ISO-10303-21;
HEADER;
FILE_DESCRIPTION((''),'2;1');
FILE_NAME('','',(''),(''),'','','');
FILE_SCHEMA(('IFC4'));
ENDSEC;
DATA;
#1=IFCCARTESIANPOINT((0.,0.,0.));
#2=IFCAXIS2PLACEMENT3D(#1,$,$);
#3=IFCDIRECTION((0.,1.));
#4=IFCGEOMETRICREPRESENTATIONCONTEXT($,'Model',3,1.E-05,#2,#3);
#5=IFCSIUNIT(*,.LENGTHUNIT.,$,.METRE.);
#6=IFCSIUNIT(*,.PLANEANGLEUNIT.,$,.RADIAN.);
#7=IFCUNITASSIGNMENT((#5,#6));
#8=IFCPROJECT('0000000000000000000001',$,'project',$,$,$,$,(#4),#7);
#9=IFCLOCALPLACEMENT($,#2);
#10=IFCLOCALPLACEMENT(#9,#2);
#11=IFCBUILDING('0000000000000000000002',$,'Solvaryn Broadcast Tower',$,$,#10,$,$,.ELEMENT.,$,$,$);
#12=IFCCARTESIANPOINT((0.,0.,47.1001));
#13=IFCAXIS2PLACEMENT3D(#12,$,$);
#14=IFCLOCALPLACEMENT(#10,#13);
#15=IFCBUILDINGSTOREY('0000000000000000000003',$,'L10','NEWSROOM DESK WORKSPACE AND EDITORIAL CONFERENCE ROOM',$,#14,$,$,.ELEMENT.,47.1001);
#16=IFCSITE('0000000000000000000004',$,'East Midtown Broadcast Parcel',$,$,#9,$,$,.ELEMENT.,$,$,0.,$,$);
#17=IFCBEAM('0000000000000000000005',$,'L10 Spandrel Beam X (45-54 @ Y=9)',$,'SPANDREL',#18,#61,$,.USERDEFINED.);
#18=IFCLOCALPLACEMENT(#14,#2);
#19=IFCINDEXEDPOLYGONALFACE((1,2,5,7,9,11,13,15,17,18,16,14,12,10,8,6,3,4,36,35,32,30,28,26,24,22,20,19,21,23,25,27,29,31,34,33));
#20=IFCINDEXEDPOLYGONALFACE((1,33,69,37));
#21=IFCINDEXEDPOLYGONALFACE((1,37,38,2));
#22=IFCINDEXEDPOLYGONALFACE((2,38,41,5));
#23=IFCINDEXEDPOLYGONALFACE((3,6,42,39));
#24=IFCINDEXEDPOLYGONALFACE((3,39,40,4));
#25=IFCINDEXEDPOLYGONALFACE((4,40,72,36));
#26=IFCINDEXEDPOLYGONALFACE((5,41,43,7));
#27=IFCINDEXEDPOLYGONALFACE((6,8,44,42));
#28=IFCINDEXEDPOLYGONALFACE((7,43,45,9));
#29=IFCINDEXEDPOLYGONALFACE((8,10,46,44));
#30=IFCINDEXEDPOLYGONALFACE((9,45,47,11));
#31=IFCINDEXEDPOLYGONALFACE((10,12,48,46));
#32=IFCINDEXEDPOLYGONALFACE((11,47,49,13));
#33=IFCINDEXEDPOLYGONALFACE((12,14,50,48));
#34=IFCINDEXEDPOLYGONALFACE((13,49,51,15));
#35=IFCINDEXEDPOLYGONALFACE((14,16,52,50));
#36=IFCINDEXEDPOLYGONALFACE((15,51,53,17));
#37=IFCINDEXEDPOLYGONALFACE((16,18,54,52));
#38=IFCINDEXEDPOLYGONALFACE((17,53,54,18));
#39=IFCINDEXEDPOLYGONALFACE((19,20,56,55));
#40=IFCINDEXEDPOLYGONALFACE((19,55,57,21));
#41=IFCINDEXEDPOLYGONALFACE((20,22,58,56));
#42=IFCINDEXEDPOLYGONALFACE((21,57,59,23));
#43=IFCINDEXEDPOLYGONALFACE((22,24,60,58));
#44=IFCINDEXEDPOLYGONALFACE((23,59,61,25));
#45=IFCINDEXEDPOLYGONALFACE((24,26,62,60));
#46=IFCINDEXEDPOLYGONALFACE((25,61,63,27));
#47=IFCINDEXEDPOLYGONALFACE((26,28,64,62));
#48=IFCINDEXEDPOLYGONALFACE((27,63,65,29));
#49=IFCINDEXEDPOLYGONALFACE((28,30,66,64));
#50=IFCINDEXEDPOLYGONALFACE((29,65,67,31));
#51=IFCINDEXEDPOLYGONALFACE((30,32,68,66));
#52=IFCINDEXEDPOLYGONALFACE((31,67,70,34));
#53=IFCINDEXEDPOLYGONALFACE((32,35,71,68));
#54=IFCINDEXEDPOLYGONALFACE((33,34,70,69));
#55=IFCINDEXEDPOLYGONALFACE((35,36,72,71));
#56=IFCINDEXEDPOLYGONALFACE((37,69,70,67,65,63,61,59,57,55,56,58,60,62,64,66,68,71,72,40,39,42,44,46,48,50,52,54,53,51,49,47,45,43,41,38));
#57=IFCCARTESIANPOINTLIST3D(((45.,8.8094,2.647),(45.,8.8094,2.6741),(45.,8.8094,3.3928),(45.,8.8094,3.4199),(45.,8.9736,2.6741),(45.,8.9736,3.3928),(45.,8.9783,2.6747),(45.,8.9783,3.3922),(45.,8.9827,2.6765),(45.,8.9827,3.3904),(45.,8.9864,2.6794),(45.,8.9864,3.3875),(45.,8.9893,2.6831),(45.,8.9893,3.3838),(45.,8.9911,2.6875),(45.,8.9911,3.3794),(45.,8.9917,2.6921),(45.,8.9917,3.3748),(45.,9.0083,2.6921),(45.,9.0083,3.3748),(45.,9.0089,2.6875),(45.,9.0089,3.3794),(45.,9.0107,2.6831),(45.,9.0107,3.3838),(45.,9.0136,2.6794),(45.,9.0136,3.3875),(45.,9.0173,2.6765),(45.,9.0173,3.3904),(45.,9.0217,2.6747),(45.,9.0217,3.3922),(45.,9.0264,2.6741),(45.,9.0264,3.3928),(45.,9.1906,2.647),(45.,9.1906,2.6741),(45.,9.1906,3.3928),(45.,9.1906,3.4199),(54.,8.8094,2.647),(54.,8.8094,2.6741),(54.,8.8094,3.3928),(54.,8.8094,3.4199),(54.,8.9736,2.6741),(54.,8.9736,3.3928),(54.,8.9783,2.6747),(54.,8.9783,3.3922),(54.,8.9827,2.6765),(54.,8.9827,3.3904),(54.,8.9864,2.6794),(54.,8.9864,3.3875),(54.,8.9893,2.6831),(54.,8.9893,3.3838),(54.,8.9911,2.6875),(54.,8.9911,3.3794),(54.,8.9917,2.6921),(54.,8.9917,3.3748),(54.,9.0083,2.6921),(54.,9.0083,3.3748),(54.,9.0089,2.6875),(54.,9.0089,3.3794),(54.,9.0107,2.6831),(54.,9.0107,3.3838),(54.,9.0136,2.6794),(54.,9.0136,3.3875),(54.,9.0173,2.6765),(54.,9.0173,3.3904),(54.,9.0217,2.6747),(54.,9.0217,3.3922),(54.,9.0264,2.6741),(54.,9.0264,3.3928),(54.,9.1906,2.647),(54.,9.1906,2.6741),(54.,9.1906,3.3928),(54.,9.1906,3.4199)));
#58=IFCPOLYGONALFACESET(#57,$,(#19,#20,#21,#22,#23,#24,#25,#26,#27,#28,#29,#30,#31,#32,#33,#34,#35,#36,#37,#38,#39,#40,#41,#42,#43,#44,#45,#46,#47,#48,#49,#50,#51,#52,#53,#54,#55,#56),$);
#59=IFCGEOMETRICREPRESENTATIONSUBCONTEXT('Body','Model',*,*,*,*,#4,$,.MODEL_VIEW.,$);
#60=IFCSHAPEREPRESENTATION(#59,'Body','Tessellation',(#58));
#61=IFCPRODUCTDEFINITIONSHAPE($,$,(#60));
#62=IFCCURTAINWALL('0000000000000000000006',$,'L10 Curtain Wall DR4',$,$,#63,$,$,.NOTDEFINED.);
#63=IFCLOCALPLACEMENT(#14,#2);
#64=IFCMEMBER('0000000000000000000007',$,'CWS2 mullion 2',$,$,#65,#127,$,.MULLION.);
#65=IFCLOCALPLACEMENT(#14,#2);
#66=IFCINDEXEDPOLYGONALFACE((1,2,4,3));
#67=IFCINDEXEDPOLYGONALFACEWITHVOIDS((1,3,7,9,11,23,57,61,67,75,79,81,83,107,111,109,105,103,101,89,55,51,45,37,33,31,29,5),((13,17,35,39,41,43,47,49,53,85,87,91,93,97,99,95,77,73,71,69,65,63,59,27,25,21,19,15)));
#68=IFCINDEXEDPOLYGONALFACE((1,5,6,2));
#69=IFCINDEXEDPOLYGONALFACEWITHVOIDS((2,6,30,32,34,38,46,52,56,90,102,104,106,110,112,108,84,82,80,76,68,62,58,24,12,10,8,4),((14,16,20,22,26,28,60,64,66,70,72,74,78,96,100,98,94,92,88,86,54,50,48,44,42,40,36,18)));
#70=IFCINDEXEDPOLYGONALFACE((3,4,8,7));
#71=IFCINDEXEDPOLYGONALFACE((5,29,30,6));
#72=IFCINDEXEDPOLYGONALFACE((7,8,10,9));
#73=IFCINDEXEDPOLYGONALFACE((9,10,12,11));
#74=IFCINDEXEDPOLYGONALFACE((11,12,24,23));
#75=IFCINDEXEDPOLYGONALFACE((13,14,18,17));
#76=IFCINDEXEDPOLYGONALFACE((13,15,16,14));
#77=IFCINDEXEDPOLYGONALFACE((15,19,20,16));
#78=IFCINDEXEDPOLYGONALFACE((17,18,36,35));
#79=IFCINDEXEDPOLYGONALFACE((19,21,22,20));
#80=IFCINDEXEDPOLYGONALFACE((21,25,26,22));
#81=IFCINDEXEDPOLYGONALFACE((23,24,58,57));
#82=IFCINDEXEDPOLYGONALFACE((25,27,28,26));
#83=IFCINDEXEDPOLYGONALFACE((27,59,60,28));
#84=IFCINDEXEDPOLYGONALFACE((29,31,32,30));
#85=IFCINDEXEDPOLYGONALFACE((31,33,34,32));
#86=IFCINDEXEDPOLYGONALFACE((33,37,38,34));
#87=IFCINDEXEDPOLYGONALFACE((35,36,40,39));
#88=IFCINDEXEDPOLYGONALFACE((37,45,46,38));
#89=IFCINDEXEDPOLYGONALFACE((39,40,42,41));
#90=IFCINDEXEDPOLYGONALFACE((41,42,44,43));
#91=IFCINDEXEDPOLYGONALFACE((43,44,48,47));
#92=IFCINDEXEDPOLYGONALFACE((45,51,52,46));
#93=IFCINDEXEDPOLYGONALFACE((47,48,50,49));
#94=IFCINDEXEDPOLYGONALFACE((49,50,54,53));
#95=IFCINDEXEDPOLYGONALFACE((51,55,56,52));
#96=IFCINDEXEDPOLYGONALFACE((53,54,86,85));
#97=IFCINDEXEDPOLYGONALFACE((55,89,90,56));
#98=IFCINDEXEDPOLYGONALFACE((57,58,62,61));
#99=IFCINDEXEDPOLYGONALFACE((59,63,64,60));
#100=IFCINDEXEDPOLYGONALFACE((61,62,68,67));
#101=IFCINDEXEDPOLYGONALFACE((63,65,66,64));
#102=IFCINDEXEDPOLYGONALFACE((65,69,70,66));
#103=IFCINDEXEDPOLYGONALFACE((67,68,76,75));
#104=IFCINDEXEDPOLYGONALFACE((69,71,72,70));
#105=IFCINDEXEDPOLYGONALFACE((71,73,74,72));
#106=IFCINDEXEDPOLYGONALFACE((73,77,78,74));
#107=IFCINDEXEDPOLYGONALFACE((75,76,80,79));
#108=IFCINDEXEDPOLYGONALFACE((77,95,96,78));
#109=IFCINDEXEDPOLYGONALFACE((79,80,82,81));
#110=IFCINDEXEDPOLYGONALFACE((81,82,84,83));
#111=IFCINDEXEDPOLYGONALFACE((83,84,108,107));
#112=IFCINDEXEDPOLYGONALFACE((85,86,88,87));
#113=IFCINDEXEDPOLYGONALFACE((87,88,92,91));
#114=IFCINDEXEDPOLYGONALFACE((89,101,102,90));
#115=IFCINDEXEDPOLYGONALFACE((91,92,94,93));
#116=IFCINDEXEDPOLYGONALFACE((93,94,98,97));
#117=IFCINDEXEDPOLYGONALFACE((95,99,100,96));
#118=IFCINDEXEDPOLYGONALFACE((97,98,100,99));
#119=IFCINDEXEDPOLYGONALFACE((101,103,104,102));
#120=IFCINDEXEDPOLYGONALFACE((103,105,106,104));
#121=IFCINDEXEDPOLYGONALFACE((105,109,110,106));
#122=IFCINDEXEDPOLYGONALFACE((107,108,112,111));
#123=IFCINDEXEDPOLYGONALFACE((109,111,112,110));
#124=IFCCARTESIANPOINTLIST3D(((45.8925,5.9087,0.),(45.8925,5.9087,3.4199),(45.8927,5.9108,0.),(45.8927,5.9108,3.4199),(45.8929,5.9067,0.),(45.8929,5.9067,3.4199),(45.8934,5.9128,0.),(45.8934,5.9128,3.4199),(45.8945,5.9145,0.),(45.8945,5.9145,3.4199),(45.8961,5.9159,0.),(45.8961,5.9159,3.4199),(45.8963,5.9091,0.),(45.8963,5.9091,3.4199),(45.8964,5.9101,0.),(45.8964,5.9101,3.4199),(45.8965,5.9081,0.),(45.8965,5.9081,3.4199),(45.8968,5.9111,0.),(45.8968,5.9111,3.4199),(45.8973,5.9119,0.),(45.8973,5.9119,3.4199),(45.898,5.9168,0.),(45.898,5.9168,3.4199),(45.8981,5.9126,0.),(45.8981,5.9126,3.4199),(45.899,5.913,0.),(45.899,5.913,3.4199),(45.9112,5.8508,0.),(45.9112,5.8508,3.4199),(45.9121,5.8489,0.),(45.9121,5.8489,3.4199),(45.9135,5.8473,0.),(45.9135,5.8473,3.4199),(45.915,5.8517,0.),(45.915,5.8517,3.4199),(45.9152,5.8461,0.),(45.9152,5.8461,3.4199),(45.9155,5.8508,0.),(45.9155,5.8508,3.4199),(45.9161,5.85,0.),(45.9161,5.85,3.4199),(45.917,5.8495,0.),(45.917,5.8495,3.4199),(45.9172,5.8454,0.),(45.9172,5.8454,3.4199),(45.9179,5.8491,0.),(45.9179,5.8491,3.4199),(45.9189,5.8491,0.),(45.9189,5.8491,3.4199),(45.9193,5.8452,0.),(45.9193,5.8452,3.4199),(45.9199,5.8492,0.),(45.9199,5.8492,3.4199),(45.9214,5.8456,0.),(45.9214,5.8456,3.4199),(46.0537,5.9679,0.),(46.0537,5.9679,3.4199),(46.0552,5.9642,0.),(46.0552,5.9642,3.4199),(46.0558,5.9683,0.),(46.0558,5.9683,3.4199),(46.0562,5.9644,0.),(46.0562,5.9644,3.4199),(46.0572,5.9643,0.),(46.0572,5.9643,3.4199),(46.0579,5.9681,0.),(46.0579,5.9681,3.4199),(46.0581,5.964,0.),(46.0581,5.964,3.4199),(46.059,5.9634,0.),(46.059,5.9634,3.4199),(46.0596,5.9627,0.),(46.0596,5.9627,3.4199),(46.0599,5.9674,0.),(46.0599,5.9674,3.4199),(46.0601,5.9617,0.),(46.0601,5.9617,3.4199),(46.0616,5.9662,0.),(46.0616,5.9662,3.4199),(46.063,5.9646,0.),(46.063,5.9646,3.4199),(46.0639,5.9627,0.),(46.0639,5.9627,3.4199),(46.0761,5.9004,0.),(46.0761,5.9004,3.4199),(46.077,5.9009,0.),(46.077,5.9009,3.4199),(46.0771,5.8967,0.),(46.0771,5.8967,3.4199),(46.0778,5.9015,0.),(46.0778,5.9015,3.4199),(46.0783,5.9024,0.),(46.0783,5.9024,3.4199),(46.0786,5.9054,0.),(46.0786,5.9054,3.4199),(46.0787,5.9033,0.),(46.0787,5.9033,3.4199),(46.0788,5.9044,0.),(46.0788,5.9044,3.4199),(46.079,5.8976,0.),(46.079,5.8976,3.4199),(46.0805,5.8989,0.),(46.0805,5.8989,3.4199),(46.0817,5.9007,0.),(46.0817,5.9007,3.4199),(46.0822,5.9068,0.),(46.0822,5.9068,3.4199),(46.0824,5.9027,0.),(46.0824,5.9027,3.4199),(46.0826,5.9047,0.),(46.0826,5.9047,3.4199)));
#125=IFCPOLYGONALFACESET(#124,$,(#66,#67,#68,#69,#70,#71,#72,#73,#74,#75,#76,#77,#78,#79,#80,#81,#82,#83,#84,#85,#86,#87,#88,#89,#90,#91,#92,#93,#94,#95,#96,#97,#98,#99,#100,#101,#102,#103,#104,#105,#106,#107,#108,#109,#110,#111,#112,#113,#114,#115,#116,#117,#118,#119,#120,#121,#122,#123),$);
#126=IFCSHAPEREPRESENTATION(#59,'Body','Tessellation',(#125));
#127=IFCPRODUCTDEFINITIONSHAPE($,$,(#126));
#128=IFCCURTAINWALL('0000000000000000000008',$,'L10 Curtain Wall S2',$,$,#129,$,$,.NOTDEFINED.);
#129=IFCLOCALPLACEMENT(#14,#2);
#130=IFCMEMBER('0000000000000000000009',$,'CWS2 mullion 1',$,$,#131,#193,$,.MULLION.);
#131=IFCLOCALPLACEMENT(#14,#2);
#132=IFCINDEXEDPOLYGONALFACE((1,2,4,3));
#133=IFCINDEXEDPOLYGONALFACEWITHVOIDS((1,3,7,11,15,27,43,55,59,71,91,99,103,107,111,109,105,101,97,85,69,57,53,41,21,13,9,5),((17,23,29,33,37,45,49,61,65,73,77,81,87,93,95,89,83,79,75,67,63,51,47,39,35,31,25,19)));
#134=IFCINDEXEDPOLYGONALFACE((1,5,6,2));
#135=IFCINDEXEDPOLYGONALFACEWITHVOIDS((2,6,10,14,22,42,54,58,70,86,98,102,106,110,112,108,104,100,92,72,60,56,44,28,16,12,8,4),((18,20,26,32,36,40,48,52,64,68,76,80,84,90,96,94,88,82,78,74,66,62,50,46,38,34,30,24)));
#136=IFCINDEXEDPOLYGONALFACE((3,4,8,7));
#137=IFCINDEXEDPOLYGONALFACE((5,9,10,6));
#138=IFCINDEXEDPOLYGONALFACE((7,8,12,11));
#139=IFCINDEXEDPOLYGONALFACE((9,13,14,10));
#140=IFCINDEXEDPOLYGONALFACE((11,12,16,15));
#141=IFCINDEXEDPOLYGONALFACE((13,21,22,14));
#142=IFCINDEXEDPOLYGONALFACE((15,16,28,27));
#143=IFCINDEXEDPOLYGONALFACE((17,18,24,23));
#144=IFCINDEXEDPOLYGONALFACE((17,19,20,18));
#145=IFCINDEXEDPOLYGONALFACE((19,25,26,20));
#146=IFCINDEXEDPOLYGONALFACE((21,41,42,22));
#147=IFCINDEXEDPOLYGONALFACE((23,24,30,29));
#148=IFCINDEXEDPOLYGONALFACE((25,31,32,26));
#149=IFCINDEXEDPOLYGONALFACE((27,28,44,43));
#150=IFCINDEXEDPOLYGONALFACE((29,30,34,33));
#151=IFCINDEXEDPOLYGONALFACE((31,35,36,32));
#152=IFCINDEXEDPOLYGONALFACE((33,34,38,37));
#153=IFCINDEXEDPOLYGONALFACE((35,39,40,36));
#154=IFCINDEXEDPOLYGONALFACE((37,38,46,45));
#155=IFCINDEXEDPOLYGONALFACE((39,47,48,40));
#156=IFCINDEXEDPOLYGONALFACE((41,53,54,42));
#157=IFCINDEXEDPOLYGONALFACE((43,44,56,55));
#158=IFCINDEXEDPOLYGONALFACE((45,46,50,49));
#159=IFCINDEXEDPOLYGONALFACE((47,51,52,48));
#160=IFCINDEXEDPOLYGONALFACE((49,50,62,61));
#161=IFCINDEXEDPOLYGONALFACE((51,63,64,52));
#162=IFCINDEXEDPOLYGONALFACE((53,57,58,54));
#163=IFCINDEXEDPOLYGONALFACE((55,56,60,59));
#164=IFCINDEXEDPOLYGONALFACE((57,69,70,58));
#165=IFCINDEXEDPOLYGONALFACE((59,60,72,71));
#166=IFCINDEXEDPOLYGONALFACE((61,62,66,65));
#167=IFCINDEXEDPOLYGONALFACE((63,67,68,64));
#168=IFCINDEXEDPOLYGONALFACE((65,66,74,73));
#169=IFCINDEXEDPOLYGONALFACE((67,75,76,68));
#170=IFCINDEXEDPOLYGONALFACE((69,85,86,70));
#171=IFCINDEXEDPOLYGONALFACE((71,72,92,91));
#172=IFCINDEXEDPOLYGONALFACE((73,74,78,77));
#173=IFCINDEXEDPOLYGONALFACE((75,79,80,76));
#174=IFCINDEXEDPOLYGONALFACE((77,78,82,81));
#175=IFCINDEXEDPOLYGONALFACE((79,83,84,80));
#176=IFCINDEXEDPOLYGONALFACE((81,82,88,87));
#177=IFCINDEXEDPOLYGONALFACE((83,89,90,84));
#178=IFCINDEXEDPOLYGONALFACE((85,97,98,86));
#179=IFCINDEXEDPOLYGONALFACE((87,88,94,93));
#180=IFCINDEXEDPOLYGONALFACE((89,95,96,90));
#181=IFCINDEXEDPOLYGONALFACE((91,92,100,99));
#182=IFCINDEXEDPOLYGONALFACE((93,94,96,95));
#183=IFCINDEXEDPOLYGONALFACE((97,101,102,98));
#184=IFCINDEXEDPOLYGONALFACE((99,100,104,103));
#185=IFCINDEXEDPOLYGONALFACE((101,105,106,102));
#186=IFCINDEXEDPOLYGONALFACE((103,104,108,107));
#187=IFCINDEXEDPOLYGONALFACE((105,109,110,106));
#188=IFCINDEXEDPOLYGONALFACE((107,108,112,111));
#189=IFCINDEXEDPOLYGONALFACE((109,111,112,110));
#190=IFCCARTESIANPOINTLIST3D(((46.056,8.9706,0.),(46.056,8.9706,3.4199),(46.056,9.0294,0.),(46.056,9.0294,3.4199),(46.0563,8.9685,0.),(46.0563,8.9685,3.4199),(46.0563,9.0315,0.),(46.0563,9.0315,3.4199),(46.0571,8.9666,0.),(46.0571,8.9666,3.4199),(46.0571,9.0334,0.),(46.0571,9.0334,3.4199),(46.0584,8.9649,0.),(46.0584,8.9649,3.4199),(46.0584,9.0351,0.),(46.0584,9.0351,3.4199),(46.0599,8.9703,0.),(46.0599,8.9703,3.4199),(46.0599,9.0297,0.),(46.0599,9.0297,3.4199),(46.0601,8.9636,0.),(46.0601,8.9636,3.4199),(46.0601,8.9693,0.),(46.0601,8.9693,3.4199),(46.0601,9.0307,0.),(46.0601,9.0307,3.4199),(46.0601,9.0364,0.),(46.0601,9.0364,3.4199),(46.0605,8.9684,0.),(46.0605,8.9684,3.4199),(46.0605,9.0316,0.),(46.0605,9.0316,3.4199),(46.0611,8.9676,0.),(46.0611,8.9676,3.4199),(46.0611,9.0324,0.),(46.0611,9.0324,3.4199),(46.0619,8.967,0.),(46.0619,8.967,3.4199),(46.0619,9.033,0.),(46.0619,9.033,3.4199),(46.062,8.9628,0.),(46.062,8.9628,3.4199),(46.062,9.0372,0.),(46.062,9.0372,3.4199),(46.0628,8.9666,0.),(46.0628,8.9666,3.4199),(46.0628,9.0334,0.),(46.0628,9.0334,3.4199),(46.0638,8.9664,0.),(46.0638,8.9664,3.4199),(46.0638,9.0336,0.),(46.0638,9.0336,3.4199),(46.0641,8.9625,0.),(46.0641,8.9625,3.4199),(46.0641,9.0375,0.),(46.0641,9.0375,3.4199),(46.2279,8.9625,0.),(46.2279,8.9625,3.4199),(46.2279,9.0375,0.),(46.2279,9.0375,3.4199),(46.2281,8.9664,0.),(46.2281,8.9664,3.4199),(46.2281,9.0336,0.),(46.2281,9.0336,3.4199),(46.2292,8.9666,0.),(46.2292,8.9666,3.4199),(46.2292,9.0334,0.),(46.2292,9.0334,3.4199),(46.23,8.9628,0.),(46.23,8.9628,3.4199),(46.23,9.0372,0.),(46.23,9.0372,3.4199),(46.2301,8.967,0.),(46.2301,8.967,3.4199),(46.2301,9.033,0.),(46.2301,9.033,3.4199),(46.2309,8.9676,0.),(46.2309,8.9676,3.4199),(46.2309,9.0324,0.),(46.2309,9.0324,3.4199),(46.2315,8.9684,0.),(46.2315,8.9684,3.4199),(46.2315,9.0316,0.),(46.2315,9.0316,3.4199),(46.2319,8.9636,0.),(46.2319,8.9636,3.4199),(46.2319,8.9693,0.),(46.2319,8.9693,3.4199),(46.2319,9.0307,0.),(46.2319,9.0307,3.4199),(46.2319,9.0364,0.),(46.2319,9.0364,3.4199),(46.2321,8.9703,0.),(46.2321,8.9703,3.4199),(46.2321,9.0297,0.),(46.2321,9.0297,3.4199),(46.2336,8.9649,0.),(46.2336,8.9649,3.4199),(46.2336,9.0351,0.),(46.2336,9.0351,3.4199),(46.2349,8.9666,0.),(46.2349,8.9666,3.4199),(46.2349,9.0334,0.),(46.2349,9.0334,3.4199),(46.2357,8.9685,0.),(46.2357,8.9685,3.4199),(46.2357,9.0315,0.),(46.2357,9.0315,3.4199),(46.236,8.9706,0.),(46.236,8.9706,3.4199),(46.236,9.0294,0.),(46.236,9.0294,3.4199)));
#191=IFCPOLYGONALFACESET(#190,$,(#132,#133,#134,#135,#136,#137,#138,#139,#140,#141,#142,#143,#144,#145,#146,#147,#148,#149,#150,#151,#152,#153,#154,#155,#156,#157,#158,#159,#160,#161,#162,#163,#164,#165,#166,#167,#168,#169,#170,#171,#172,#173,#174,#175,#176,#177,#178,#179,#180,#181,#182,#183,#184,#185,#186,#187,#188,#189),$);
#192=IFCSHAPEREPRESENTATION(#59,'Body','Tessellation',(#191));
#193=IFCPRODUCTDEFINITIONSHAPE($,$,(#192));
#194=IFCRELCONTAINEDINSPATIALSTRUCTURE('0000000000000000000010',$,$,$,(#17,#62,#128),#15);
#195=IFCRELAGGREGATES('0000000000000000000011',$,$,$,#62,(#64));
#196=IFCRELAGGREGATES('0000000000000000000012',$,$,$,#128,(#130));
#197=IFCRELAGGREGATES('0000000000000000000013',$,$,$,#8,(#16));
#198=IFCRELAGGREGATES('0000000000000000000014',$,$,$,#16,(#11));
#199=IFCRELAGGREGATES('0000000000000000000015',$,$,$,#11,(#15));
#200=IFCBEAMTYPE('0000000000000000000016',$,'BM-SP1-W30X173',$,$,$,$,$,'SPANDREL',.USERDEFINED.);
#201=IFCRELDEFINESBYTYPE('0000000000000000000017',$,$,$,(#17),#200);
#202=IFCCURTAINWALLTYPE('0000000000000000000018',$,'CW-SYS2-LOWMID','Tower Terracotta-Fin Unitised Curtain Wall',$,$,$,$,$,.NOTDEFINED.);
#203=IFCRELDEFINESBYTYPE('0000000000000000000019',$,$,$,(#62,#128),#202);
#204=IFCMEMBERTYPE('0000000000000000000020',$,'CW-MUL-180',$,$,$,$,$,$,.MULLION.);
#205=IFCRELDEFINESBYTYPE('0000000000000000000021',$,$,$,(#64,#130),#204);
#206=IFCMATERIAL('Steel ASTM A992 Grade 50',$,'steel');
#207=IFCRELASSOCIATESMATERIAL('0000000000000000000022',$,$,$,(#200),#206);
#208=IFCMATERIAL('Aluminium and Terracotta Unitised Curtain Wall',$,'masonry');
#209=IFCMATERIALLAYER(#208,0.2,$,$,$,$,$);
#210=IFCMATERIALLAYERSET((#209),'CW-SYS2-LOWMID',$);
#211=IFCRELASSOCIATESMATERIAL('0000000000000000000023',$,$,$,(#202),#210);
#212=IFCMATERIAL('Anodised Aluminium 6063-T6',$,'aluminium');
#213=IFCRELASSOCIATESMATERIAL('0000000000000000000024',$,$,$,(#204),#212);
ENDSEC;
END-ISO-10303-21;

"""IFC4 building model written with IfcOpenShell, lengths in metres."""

from ifc_helpers import new_model, si_unit, direction, frame, origin, origin_2d, place, context, subcontext, project, spatial, hollow_rectangle, i_section, extrude, material, layer, layer_set, material_profile, profile_set, type_object, element, aggregate, save


model = new_model("IFC4")

# Units and contexts
model_context = context("Model", 3, precision=1e-05, world=origin(), true_north=direction((0.0, 1.0)))
body_context = subcontext(model_context, "Body", "Model", "MODEL_VIEW")
ifc_project = project(units=[si_unit("LENGTHUNIT", "METRE"), si_unit("PLANEANGLEUNIT", "RADIAN")], contexts=[model_context])

# Site, building, storey
site_placement = place(None, origin())
site = spatial("IfcSite", under=ifc_project, at=site_placement, Name="East Midtown Broadcast Parcel", CompositionType="ELEMENT", RefElevation=0.0)
building_placement = place(site_placement, origin())
building = spatial("IfcBuilding", under=site, at=building_placement, Name="Solvaryn Broadcast Tower", CompositionType="ELEMENT")
storey_placement = place(building_placement, frame((0.0, 0.0, 47.1001)))
storey = spatial("IfcBuildingStorey", under=building, at=storey_placement, Name="L10", Description="NEWSROOM DESK WORKSPACE AND EDITORIAL CONFERENCE ROOM", CompositionType="ELEMENT", Elevation=47.1001)

# Beam
ifc_material_1 = material(Name="Steel ASTM A992 Grade 50", Category="steel")
ifc_material_profile_1 = material_profile(ifc_material_1, i_section(OverallWidth=0.3811, OverallDepth=0.7729, WebThickness=0.0166, FlangeThickness=0.0271, FilletRadius=0.0181, at=origin_2d()))
ifc_profile_set_1 = profile_set([ifc_material_profile_1], Name="Steel ASTM A992 Grade 50")
beam_type_1 = type_object("IfcBeamType", Name="BM-SP1-W30X173", ElementType="SPANDREL", PredefinedType="USERDEFINED", material=ifc_profile_set_1)
beam_1_placement = place(storey_placement, frame((45.0, 9.0, 3.0334), z_axis=(1.0, 0.0, 0.0), x_axis=(0.0, 1.0, 0.0)))
element("IfcBeam", 1, at=beam_1_placement, inside=storey, type_object=beam_type_1, Name="L10 Spandrel Beam X (45-54 @ Y=9)", ObjectType="SPANDREL", PredefinedType="USERDEFINED", context=body_context, shape_type="SweptSolid", body=[
    extrude(i_section(OverallWidth=0.3811, OverallDepth=0.7729, WebThickness=0.0166, FlangeThickness=0.0271, FilletRadius=0.0181, at=origin_2d()), origin(), (0.0, 0.0, 1.0), 9.0),
])

# Curtain wall, member
ifc_material_2 = material(Name="Aluminium and Terracotta Unitised Curtain Wall", Category="masonry")
ifc_layer_1 = layer(ifc_material_2, 0.2)
ifc_layer_set_1 = layer_set([ifc_layer_1], Name="CW-SYS2-LOWMID")
curtain_wall_type = type_object("IfcCurtainWallType", Name="CW-SYS2-LOWMID", Description="Tower Terracotta-Fin Unitised Curtain Wall", PredefinedType="NOTDEFINED", material=ifc_layer_set_1)
curtain_wall_1_placement = place(storey_placement, origin())
curtain_wall_1 = element("IfcCurtainWall", 2, at=curtain_wall_1_placement, inside=storey, type_object=curtain_wall_type, Name="L10 Curtain Wall DR4", PredefinedType="NOTDEFINED")
ifc_material_3 = material(Name="Anodised Aluminium 6063-T6", Category="aluminium")
ifc_material_profile_2 = material_profile(ifc_material_3, hollow_rectangle(XDim=0.075, YDim=0.1799, WallThickness=0.0039, InnerFilletRadius=0.0039, OuterFilletRadius=0.0081, at=origin_2d()))
ifc_profile_set_2 = profile_set([ifc_material_profile_2], Name="Anodised Aluminium 6063-T6")
member_type_1 = type_object("IfcMemberType", Name="CW-MUL-180", PredefinedType="MULLION", material=ifc_profile_set_2)
member_1_placement = place(storey_placement, frame((45.9875, 5.9067, 0.0), z_axis=(0.0, 0.0, 1.0), x_axis=(-0.311594, 0.950215, 0.0)))
member_1 = element("IfcMember", 3, at=member_1_placement, type_object=member_type_1, Name="CWS2 mullion 2", PredefinedType="MULLION", context=body_context, shape_type="SweptSolid", body=[
    extrude(hollow_rectangle(XDim=0.075, YDim=0.1799, WallThickness=0.0039, InnerFilletRadius=0.0039, OuterFilletRadius=0.0081, at=origin_2d()), origin(), (0.0, 0.0, 1.0), 3.4199),
])
aggregate(curtain_wall_1, [member_1])

# Curtain wall, member
curtain_wall_2_placement = place(storey_placement, origin())
curtain_wall_2 = element("IfcCurtainWall", 4, at=curtain_wall_2_placement, inside=storey, type_object=curtain_wall_type, Name="L10 Curtain Wall S2", PredefinedType="NOTDEFINED")
member_2_placement = place(storey_placement, frame((46.146, 9.0, 0.0), z_axis=(0.0, 0.0, 1.0), x_axis=(0.0, 1.0, 0.0)))
member_2 = element("IfcMember", 5, at=member_2_placement, type_object=member_type_1, Name="CWS2 mullion 1", PredefinedType="MULLION", context=body_context, shape_type="SweptSolid", body=[
    extrude(hollow_rectangle(XDim=0.075, YDim=0.1799, WallThickness=0.0039, InnerFilletRadius=0.0039, OuterFilletRadius=0.0081, at=origin_2d()), origin(), (0.0, 0.0, 1.0), 3.4199),
])
aggregate(curtain_wall_2, [member_2])

save(model, "model.ifc")
